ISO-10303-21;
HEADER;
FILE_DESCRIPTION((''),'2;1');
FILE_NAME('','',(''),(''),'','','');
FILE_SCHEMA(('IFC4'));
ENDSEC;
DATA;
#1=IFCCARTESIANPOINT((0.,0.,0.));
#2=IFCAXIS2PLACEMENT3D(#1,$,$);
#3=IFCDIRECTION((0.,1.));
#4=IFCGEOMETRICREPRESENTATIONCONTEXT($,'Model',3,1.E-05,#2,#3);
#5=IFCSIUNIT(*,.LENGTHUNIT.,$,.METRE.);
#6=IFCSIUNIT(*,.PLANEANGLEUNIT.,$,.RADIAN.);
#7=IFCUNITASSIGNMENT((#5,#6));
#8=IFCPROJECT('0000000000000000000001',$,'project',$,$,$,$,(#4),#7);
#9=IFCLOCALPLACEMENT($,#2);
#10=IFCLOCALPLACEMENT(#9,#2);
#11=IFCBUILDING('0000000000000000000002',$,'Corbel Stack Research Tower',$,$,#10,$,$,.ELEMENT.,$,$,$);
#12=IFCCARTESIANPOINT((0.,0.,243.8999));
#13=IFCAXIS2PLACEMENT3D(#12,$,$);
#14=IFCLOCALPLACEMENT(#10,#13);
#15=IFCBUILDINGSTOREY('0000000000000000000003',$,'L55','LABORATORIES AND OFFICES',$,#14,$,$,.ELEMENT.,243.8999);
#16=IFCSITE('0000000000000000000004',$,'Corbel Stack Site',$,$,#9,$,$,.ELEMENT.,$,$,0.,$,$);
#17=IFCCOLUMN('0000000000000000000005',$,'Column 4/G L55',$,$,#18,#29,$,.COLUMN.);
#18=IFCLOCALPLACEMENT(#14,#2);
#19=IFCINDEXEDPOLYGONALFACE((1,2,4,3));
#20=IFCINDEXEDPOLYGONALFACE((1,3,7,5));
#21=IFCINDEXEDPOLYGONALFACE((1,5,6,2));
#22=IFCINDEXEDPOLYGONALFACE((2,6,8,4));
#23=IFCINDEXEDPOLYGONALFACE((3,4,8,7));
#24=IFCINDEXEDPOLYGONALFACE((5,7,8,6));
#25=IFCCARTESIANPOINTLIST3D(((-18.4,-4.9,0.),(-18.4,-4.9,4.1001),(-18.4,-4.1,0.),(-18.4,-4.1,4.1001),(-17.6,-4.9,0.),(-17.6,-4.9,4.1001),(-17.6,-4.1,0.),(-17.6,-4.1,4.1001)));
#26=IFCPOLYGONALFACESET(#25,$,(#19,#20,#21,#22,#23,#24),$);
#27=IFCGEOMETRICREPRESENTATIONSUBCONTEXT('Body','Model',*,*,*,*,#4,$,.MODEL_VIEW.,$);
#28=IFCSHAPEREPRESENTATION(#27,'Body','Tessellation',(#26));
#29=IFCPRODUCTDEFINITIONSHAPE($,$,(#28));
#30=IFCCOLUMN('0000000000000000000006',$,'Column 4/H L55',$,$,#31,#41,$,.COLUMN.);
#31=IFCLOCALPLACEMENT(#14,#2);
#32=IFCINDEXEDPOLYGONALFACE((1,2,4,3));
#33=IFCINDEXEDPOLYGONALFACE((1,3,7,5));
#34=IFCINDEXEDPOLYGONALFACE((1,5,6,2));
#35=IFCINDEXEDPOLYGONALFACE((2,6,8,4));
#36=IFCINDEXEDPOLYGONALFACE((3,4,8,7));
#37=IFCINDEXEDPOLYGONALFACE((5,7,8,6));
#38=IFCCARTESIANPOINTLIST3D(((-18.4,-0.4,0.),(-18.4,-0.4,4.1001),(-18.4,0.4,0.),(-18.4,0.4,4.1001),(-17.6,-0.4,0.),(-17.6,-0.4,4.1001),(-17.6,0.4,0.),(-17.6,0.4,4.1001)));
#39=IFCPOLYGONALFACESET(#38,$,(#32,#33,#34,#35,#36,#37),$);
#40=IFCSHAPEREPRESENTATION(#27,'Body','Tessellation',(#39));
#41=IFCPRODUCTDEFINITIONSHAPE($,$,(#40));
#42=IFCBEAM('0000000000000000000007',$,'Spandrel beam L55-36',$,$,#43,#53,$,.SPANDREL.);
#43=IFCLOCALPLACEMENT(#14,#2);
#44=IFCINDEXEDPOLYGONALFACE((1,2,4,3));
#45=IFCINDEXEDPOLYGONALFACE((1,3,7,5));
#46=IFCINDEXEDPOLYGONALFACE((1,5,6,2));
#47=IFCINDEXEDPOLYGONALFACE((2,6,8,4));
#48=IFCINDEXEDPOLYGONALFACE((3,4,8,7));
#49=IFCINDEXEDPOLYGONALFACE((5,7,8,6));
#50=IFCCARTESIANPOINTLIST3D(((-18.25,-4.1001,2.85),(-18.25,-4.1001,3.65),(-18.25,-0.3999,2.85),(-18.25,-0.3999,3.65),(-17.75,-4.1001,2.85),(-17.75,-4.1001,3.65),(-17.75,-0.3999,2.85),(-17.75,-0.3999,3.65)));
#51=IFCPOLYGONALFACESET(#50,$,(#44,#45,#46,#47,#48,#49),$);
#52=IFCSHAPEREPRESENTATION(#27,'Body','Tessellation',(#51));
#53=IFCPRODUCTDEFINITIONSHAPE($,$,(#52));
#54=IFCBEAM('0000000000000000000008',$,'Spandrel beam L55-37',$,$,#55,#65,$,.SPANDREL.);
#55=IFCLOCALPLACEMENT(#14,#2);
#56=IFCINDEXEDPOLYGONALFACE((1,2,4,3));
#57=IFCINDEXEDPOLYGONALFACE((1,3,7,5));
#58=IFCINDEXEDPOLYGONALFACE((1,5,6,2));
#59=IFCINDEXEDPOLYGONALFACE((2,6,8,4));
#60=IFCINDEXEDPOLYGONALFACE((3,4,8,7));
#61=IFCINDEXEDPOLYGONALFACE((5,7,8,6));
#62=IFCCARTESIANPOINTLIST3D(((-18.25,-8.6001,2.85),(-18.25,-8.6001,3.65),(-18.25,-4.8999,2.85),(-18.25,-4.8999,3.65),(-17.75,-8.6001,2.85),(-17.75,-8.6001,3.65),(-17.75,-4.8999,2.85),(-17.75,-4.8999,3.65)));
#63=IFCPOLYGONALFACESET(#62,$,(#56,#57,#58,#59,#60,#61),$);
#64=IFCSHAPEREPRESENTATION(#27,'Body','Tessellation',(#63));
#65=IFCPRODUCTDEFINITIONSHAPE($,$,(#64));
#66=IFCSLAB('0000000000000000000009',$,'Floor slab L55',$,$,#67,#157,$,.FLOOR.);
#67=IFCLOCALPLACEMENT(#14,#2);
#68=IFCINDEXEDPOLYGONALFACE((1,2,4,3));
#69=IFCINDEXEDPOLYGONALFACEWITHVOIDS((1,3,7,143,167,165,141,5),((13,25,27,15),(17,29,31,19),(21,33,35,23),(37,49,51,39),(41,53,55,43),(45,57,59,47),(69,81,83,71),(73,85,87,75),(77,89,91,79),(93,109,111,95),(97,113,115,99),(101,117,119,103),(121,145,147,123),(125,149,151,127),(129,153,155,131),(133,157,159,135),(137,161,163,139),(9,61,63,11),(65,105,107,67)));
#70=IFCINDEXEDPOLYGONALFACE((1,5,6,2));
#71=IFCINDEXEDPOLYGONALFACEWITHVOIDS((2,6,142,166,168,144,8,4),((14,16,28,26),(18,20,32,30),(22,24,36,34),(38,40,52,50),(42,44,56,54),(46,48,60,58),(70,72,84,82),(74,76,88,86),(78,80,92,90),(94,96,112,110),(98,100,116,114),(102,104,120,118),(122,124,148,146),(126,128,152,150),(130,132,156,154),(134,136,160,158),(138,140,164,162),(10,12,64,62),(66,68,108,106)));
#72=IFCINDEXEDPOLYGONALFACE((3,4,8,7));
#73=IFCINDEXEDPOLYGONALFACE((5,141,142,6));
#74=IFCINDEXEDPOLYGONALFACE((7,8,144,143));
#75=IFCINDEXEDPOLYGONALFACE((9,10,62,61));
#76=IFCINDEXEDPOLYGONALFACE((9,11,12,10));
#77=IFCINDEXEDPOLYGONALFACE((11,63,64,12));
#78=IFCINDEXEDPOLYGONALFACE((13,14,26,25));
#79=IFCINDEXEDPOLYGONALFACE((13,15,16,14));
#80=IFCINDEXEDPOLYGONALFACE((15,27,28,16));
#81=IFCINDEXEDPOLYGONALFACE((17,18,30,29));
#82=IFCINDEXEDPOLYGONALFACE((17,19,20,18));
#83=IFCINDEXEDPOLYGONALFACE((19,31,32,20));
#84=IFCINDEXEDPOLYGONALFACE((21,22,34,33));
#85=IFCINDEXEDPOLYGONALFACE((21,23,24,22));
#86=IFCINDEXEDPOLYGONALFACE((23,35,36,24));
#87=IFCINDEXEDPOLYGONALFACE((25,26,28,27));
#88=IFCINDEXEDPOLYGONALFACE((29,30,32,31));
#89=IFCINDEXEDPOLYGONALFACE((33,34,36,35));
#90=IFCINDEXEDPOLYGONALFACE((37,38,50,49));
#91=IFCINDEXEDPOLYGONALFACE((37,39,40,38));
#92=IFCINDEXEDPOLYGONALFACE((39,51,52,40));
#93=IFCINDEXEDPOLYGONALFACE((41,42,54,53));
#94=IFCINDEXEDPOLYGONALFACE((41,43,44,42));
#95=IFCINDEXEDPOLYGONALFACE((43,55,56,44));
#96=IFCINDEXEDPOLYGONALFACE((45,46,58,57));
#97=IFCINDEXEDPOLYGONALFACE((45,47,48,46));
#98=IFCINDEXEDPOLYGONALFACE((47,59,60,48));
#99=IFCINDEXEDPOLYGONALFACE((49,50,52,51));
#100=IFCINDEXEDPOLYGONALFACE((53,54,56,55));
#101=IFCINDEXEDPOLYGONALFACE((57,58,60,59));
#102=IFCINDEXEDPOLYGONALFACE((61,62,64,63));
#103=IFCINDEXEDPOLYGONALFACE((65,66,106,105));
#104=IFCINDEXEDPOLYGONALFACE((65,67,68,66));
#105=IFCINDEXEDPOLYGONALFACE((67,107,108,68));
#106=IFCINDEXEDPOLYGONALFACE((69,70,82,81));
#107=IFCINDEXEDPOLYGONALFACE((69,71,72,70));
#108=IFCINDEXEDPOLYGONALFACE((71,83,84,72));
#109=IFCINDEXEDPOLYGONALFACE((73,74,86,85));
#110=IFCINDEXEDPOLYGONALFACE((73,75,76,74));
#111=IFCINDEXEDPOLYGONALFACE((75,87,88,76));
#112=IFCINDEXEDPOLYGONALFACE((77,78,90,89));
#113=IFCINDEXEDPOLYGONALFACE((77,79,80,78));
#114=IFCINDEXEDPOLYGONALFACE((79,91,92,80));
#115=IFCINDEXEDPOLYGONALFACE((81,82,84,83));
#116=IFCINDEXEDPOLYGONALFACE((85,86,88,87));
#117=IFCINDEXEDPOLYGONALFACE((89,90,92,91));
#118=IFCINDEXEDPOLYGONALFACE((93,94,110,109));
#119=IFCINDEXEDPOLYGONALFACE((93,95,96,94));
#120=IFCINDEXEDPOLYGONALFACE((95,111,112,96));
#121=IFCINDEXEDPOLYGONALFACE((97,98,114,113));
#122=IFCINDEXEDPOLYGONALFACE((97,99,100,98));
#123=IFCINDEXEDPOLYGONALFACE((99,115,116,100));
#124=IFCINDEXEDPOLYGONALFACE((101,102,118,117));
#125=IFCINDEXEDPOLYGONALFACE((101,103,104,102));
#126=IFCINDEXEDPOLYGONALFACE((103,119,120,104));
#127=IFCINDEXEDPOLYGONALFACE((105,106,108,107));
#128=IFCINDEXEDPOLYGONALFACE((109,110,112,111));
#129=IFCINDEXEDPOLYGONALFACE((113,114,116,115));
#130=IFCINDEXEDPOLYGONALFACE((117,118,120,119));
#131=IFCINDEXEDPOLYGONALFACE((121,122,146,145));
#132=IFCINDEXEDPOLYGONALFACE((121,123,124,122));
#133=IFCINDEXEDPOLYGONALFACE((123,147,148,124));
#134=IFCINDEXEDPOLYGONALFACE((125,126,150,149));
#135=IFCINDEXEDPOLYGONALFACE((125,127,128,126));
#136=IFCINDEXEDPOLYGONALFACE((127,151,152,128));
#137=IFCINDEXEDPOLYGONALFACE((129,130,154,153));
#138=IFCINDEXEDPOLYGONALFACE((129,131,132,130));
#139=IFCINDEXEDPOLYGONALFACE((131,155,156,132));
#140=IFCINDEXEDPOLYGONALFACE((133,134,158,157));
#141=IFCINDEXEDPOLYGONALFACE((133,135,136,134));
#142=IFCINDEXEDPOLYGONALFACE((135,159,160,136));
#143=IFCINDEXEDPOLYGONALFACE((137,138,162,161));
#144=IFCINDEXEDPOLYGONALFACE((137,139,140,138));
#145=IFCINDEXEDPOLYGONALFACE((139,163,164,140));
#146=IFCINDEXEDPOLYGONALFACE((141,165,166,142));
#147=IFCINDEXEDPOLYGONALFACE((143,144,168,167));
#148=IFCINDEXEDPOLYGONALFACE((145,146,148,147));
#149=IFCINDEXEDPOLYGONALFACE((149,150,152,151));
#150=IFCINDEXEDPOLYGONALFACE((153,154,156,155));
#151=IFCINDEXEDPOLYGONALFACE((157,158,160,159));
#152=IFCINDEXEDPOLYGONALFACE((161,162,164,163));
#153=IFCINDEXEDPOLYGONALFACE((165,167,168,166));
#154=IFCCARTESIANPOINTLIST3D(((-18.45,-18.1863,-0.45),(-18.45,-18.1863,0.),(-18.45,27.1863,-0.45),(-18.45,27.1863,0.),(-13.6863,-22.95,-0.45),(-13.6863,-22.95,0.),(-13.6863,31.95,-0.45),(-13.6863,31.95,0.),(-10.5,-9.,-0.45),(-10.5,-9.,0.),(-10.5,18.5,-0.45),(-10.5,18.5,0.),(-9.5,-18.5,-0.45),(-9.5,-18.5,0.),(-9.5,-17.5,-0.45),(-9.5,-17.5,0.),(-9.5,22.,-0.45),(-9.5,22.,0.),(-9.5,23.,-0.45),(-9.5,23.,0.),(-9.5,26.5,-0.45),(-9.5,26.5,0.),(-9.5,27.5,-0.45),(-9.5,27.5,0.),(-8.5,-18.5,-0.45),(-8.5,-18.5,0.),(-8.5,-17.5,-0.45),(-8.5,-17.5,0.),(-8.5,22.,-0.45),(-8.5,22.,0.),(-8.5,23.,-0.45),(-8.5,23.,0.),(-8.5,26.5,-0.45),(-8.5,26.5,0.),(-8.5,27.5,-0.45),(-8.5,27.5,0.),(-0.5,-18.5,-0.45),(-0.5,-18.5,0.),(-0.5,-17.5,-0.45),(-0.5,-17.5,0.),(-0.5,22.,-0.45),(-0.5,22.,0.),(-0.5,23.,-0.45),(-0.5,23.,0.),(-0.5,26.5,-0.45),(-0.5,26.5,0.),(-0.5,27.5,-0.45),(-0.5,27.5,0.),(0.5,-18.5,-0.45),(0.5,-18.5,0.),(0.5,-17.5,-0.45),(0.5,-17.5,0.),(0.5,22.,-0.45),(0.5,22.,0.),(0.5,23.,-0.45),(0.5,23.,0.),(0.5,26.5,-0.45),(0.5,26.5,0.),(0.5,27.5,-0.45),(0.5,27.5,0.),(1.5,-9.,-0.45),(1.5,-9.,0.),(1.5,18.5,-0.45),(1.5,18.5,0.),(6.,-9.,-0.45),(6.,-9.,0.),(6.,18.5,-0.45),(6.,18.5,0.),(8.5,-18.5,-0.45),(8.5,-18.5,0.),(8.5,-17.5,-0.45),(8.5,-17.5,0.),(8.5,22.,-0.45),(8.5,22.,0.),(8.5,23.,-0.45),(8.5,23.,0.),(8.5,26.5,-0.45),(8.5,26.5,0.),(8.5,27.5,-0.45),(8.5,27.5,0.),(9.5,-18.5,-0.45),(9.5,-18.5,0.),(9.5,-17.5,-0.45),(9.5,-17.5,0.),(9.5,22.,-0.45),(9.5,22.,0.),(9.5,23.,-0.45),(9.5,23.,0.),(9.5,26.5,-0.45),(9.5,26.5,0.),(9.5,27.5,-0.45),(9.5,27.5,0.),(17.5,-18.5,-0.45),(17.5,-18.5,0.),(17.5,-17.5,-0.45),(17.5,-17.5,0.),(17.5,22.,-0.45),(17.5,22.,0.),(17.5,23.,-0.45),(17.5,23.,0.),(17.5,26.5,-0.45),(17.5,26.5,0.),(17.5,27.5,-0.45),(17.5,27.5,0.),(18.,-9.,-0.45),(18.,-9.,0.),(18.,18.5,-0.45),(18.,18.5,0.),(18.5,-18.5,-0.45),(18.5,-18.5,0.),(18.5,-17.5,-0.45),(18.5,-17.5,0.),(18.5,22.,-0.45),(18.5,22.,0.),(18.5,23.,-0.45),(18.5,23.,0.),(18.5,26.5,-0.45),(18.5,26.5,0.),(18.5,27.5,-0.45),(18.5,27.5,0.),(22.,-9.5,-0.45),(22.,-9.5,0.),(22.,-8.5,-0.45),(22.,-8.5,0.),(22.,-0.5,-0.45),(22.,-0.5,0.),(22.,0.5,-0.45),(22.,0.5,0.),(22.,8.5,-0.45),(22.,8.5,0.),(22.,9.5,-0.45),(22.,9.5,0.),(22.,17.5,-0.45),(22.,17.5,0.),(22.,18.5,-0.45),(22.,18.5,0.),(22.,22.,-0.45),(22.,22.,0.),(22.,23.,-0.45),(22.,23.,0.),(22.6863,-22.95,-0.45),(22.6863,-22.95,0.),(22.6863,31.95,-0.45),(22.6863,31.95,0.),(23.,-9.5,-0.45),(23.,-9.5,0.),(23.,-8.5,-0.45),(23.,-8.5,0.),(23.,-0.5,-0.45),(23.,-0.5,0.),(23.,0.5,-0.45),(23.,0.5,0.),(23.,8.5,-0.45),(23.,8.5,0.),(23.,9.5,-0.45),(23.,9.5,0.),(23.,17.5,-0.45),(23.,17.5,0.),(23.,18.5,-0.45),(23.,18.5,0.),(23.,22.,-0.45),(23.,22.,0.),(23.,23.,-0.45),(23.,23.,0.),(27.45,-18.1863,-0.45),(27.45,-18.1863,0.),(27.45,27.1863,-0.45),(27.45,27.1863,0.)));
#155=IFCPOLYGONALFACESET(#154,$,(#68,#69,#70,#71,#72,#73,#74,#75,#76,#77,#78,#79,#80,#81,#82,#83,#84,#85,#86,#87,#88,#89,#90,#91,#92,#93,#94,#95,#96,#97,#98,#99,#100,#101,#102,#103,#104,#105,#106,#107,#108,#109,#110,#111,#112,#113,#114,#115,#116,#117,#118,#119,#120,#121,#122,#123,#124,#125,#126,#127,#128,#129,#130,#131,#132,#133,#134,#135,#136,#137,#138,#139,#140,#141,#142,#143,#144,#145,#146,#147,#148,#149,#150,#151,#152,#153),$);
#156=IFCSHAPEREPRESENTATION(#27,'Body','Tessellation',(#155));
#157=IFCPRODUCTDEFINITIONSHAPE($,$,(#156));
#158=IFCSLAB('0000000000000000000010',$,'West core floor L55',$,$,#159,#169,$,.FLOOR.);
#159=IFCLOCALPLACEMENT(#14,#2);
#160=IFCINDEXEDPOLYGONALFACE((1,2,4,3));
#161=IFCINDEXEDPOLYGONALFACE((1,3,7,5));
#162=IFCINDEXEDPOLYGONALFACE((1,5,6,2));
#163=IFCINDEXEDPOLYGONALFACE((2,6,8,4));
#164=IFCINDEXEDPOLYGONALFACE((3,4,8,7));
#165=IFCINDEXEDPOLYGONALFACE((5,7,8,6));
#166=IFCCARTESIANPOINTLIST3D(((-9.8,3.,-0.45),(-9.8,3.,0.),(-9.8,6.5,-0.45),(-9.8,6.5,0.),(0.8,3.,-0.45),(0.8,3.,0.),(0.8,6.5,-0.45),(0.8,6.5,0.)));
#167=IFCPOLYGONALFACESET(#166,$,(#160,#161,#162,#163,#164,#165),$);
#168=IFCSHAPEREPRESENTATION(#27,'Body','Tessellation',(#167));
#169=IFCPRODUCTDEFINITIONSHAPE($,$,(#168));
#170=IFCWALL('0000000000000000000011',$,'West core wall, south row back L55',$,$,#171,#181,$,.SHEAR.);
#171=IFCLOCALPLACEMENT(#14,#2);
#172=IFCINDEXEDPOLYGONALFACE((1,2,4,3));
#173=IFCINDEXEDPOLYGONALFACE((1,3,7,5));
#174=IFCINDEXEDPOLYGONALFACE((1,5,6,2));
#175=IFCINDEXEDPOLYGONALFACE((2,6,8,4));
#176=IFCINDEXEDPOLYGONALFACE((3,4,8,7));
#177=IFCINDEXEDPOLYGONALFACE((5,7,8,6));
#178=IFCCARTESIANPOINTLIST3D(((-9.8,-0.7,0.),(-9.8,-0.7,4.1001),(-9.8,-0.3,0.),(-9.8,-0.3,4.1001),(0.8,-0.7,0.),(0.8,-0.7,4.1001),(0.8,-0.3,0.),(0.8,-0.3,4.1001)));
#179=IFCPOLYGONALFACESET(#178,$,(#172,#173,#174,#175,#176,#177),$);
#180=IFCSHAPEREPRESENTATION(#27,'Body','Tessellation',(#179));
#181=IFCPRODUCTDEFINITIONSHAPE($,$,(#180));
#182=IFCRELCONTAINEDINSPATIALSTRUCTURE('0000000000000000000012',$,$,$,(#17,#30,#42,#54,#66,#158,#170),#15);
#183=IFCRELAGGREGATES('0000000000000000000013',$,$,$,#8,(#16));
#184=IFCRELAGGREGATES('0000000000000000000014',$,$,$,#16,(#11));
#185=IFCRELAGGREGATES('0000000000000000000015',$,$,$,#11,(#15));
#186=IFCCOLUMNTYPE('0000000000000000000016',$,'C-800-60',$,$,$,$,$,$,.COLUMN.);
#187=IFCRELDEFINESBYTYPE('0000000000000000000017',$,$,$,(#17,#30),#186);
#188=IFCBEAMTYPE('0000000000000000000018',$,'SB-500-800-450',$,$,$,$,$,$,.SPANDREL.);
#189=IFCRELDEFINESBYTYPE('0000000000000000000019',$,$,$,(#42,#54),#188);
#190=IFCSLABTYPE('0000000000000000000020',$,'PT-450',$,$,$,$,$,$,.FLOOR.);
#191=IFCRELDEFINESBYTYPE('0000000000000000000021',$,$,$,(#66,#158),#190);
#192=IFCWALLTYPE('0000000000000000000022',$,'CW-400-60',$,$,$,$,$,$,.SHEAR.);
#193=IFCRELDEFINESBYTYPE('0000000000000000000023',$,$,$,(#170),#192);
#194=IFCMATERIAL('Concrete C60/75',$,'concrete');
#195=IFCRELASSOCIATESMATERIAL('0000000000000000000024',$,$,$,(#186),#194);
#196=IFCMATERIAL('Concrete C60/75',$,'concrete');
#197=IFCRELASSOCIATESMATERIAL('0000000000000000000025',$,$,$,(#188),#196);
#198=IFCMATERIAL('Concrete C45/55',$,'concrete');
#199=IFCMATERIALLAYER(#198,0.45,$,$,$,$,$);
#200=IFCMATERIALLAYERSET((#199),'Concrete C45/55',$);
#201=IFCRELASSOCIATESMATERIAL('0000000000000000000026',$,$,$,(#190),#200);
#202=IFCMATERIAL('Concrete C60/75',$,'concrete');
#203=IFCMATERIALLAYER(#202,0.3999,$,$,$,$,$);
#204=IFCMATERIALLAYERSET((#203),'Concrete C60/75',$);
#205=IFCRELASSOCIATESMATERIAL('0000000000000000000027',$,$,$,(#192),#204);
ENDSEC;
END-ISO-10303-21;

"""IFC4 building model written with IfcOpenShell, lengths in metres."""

from ifc_helpers import new_model, si_unit, direction, frame, frame_2d, origin, origin_2d, place, context, subcontext, project, spatial, polyline, rectangle, outline, extrude, material, layer, layer_set, material_profile, profile_set, type_object, element, save


model = new_model("IFC4")

# Units and contexts
model_context = context("Model", 3, precision=1e-05, world=origin(), true_north=direction((0.0, 1.0)))
body_context = subcontext(model_context, "Body", "Model", "MODEL_VIEW")
ifc_project = project(units=[si_unit("LENGTHUNIT", "METRE"), si_unit("PLANEANGLEUNIT", "RADIAN")], contexts=[model_context])

# Site, building, storey
site_placement = place(None, origin())
site = spatial("IfcSite", under=ifc_project, at=site_placement, Name="Corbel Stack Site", CompositionType="ELEMENT", RefElevation=0.0)
building_placement = place(site_placement, origin())
building = spatial("IfcBuilding", under=site, at=building_placement, Name="Corbel Stack Research Tower", CompositionType="ELEMENT")
storey_placement = place(building_placement, frame((0.0, 0.0, 243.8999)))
storey = spatial("IfcBuildingStorey", under=building, at=storey_placement, Name="L55", Description="LABORATORIES AND OFFICES", CompositionType="ELEMENT", Elevation=243.8999)

# Columns
ifc_material_1 = material(Name="Concrete C60/75", Category="concrete")
ifc_material_profile_1 = material_profile(ifc_material_1, rectangle(XDim=0.8, YDim=0.8, at=origin_2d()), Name="RC 800 x 800")
ifc_profile_set_1 = profile_set([ifc_material_profile_1], Name="Concrete C60/75")
column_type = type_object("IfcColumnType", Name="C-800-60", PredefinedType="COLUMN", material=ifc_profile_set_1)
for number, where, z_axis, x_axis, name in (
    (1, (-18.0, -4.5, 0.0), (0.0, 0.0, 1.0), (1.0, 0.0, 0.0), "Column 4/G L55"),
    (2, (-18.0, 0.0, 0.0), (0.0, 0.0, 1.0), (1.0, 0.0, 0.0), "Column 4/H L55"),
):
    element("IfcColumn", number, at=place(storey_placement, frame(where, z_axis=z_axis, x_axis=x_axis)), inside=storey, type_object=column_type, Name=name, PredefinedType="COLUMN", context=body_context, shape_type="SweptSolid", body=[
        extrude(rectangle(XDim=0.8, YDim=0.8, at=origin_2d()), origin(), (0.0, 0.0, 1.0), 4.1001),
    ])

# Beams
ifc_material_2 = material(Name="Concrete C60/75", Category="concrete")
ifc_material_profile_2 = material_profile(ifc_material_2, rectangle(XDim=0.5, YDim=0.8, at=origin_2d()), Name="RC 500 x 800")
ifc_profile_set_2 = profile_set([ifc_material_profile_2], Name="Concrete C60/75")
beam_type = type_object("IfcBeamType", Name="SB-500-800-450", PredefinedType="SPANDREL", material=ifc_profile_set_2)
for number, where, z_axis, x_axis, name in (
    (3, (-18.0, -0.3999, 3.25), (0.0, -1.0, 0.0), (1.0, 0.0, 0.0), "Spandrel beam L55-36"),
    (4, (-18.0, -4.8999, 3.25), (0.0, -1.0, 0.0), (1.0, 0.0, 0.0), "Spandrel beam L55-37"),
):
    element("IfcBeam", number, at=place(storey_placement, frame(where, z_axis=z_axis, x_axis=x_axis)), inside=storey, type_object=beam_type, Name=name, PredefinedType="SPANDREL", context=body_context, shape_type="SweptSolid", body=[
        extrude(rectangle(XDim=0.5, YDim=0.8, at=origin_2d()), origin(), (0.0, 0.0, 1.0), 3.7002),
    ])

# Slabs
ifc_material_3 = material(Name="Concrete C45/55", Category="concrete")
ifc_layer_1 = layer(ifc_material_3, 0.45)
ifc_layer_set_1 = layer_set([ifc_layer_1], Name="Concrete C45/55")
slab_type = type_object("IfcSlabType", Name="PT-450", PredefinedType="FLOOR", material=ifc_layer_set_1)
slab_1_placement = place(storey_placement, frame((0.0, 0.0, -0.45)))
element("IfcSlab", 5, at=slab_1_placement, inside=storey, type_object=slab_type, Name="Floor slab L55", PredefinedType="FLOOR", context=body_context, shape_type="SweptSolid", body=[
    extrude(outline(polyline([(-13.6863, -22.95), (22.6863, -22.95), (27.45, -18.1863), (27.45, 27.1863), (22.6863, 31.95), (-13.6863, 31.95), (-18.45, 27.1863), (-18.45, -18.1863), (-13.6863, -22.95)]), holes=[polyline([(22.0, 22.0), (22.0, 23.0), (23.0, 23.0), (23.0, 22.0), (22.0, 22.0)]), polyline([(23.0, 17.5), (22.0, 17.5), (22.0, 18.5), (23.0, 18.5), (23.0, 17.5)]), polyline([(23.0, 8.5), (22.0, 8.5), (22.0, 9.5), (23.0, 9.5), (23.0, 8.5)]), polyline([(22.0, -0.5), (22.0, 0.5), (23.0, 0.5), (23.0, -0.5), (22.0, -0.5)]), polyline([(23.0, -9.5), (22.0, -9.5), (22.0, -8.5), (23.0, -8.5), (23.0, -9.5)]), polyline([(17.5, 26.5), (17.5, 27.5), (18.5, 27.5), (18.5, 26.5), (17.5, 26.5)]), polyline([(18.5, 22.0), (17.5, 22.0), (17.5, 23.0), (18.5, 23.0), (18.5, 22.0)]), polyline([(18.5, -18.5), (17.5, -18.5), (17.5, -17.5), (18.5, -17.5), (18.5, -18.5)]), polyline([(6.0, -9.0), (6.0, 18.5), (18.0, 18.5), (18.0, -9.0), (6.0, -9.0)]), polyline([(9.5, 26.5), (8.5, 26.5), (8.5, 27.5), (9.5, 27.5), (9.5, 26.5)]), polyline([(9.5, 22.0), (8.5, 22.0), (8.5, 23.0), (9.5, 23.0), (9.5, 22.0)]), polyline([(9.5, -18.5), (8.5, -18.5), (8.5, -17.5), (9.5, -17.5), (9.5, -18.5)]), polyline([(1.5, -9.0), (-10.5, -9.0), (-10.5, 18.5), (1.5, 18.5), (1.5, -9.0)]), polyline([(-0.5, 26.5), (-0.5, 27.5), (0.5, 27.5), (0.5, 26.5), (-0.5, 26.5)]), polyline([(0.5, 22.0), (-0.5, 22.0), (-0.5, 23.0), (0.5, 23.0), (0.5, 22.0)]), polyline([(0.5, -18.5), (-0.5, -18.5), (-0.5, -17.5), (0.5, -17.5), (0.5, -18.5)]), polyline([(-9.5, 26.5), (-9.5, 27.5), (-8.5, 27.5), (-8.5, 26.5), (-9.5, 26.5)]), polyline([(-8.5, 22.0), (-9.5, 22.0), (-9.5, 23.0), (-8.5, 23.0), (-8.5, 22.0)]), polyline([(-8.5, -18.5), (-9.5, -18.5), (-9.5, -17.5), (-8.5, -17.5), (-8.5, -18.5)])]), origin(), (0.0, 0.0, 1.0), 0.45),
])
slab_2_placement = place(storey_placement, frame((0.0, 0.0, -0.45)))
element("IfcSlab", 6, at=slab_2_placement, inside=storey, type_object=slab_type, Name="West core floor L55", PredefinedType="FLOOR", context=body_context, shape_type="SweptSolid", body=[
    extrude(outline(polyline([(-9.8, 6.5), (-9.8, 3.0), (0.8, 3.0), (0.8, 6.5), (-9.8, 6.5)])), origin(), (0.0, 0.0, 1.0), 0.45),
])

# Wall
ifc_material_4 = material(Name="Concrete C60/75", Category="concrete")
ifc_layer_2 = layer(ifc_material_4, 0.3999)
ifc_layer_set_2 = layer_set([ifc_layer_2], Name="Concrete C60/75")
wall_type_1 = type_object("IfcWallType", Name="CW-400-60", PredefinedType="SHEAR", material=ifc_layer_set_2)
wall_1_placement = place(storey_placement, frame((-9.8, -0.5, 0.0), z_axis=(0.0, 0.0, 1.0), x_axis=(1.0, 0.0, 0.0)))
element("IfcWall", 7, at=wall_1_placement, inside=storey, type_object=wall_type_1, Name="West core wall, south row back L55", PredefinedType="SHEAR", context=body_context, shape_type="SweptSolid", body=[
    extrude(rectangle(XDim=10.6001, YDim=0.3999, at=frame_2d((5.3, 0.0))), origin(), (0.0, 0.0, 1.0), 4.1001),
])

save(model, "model.ifc")
